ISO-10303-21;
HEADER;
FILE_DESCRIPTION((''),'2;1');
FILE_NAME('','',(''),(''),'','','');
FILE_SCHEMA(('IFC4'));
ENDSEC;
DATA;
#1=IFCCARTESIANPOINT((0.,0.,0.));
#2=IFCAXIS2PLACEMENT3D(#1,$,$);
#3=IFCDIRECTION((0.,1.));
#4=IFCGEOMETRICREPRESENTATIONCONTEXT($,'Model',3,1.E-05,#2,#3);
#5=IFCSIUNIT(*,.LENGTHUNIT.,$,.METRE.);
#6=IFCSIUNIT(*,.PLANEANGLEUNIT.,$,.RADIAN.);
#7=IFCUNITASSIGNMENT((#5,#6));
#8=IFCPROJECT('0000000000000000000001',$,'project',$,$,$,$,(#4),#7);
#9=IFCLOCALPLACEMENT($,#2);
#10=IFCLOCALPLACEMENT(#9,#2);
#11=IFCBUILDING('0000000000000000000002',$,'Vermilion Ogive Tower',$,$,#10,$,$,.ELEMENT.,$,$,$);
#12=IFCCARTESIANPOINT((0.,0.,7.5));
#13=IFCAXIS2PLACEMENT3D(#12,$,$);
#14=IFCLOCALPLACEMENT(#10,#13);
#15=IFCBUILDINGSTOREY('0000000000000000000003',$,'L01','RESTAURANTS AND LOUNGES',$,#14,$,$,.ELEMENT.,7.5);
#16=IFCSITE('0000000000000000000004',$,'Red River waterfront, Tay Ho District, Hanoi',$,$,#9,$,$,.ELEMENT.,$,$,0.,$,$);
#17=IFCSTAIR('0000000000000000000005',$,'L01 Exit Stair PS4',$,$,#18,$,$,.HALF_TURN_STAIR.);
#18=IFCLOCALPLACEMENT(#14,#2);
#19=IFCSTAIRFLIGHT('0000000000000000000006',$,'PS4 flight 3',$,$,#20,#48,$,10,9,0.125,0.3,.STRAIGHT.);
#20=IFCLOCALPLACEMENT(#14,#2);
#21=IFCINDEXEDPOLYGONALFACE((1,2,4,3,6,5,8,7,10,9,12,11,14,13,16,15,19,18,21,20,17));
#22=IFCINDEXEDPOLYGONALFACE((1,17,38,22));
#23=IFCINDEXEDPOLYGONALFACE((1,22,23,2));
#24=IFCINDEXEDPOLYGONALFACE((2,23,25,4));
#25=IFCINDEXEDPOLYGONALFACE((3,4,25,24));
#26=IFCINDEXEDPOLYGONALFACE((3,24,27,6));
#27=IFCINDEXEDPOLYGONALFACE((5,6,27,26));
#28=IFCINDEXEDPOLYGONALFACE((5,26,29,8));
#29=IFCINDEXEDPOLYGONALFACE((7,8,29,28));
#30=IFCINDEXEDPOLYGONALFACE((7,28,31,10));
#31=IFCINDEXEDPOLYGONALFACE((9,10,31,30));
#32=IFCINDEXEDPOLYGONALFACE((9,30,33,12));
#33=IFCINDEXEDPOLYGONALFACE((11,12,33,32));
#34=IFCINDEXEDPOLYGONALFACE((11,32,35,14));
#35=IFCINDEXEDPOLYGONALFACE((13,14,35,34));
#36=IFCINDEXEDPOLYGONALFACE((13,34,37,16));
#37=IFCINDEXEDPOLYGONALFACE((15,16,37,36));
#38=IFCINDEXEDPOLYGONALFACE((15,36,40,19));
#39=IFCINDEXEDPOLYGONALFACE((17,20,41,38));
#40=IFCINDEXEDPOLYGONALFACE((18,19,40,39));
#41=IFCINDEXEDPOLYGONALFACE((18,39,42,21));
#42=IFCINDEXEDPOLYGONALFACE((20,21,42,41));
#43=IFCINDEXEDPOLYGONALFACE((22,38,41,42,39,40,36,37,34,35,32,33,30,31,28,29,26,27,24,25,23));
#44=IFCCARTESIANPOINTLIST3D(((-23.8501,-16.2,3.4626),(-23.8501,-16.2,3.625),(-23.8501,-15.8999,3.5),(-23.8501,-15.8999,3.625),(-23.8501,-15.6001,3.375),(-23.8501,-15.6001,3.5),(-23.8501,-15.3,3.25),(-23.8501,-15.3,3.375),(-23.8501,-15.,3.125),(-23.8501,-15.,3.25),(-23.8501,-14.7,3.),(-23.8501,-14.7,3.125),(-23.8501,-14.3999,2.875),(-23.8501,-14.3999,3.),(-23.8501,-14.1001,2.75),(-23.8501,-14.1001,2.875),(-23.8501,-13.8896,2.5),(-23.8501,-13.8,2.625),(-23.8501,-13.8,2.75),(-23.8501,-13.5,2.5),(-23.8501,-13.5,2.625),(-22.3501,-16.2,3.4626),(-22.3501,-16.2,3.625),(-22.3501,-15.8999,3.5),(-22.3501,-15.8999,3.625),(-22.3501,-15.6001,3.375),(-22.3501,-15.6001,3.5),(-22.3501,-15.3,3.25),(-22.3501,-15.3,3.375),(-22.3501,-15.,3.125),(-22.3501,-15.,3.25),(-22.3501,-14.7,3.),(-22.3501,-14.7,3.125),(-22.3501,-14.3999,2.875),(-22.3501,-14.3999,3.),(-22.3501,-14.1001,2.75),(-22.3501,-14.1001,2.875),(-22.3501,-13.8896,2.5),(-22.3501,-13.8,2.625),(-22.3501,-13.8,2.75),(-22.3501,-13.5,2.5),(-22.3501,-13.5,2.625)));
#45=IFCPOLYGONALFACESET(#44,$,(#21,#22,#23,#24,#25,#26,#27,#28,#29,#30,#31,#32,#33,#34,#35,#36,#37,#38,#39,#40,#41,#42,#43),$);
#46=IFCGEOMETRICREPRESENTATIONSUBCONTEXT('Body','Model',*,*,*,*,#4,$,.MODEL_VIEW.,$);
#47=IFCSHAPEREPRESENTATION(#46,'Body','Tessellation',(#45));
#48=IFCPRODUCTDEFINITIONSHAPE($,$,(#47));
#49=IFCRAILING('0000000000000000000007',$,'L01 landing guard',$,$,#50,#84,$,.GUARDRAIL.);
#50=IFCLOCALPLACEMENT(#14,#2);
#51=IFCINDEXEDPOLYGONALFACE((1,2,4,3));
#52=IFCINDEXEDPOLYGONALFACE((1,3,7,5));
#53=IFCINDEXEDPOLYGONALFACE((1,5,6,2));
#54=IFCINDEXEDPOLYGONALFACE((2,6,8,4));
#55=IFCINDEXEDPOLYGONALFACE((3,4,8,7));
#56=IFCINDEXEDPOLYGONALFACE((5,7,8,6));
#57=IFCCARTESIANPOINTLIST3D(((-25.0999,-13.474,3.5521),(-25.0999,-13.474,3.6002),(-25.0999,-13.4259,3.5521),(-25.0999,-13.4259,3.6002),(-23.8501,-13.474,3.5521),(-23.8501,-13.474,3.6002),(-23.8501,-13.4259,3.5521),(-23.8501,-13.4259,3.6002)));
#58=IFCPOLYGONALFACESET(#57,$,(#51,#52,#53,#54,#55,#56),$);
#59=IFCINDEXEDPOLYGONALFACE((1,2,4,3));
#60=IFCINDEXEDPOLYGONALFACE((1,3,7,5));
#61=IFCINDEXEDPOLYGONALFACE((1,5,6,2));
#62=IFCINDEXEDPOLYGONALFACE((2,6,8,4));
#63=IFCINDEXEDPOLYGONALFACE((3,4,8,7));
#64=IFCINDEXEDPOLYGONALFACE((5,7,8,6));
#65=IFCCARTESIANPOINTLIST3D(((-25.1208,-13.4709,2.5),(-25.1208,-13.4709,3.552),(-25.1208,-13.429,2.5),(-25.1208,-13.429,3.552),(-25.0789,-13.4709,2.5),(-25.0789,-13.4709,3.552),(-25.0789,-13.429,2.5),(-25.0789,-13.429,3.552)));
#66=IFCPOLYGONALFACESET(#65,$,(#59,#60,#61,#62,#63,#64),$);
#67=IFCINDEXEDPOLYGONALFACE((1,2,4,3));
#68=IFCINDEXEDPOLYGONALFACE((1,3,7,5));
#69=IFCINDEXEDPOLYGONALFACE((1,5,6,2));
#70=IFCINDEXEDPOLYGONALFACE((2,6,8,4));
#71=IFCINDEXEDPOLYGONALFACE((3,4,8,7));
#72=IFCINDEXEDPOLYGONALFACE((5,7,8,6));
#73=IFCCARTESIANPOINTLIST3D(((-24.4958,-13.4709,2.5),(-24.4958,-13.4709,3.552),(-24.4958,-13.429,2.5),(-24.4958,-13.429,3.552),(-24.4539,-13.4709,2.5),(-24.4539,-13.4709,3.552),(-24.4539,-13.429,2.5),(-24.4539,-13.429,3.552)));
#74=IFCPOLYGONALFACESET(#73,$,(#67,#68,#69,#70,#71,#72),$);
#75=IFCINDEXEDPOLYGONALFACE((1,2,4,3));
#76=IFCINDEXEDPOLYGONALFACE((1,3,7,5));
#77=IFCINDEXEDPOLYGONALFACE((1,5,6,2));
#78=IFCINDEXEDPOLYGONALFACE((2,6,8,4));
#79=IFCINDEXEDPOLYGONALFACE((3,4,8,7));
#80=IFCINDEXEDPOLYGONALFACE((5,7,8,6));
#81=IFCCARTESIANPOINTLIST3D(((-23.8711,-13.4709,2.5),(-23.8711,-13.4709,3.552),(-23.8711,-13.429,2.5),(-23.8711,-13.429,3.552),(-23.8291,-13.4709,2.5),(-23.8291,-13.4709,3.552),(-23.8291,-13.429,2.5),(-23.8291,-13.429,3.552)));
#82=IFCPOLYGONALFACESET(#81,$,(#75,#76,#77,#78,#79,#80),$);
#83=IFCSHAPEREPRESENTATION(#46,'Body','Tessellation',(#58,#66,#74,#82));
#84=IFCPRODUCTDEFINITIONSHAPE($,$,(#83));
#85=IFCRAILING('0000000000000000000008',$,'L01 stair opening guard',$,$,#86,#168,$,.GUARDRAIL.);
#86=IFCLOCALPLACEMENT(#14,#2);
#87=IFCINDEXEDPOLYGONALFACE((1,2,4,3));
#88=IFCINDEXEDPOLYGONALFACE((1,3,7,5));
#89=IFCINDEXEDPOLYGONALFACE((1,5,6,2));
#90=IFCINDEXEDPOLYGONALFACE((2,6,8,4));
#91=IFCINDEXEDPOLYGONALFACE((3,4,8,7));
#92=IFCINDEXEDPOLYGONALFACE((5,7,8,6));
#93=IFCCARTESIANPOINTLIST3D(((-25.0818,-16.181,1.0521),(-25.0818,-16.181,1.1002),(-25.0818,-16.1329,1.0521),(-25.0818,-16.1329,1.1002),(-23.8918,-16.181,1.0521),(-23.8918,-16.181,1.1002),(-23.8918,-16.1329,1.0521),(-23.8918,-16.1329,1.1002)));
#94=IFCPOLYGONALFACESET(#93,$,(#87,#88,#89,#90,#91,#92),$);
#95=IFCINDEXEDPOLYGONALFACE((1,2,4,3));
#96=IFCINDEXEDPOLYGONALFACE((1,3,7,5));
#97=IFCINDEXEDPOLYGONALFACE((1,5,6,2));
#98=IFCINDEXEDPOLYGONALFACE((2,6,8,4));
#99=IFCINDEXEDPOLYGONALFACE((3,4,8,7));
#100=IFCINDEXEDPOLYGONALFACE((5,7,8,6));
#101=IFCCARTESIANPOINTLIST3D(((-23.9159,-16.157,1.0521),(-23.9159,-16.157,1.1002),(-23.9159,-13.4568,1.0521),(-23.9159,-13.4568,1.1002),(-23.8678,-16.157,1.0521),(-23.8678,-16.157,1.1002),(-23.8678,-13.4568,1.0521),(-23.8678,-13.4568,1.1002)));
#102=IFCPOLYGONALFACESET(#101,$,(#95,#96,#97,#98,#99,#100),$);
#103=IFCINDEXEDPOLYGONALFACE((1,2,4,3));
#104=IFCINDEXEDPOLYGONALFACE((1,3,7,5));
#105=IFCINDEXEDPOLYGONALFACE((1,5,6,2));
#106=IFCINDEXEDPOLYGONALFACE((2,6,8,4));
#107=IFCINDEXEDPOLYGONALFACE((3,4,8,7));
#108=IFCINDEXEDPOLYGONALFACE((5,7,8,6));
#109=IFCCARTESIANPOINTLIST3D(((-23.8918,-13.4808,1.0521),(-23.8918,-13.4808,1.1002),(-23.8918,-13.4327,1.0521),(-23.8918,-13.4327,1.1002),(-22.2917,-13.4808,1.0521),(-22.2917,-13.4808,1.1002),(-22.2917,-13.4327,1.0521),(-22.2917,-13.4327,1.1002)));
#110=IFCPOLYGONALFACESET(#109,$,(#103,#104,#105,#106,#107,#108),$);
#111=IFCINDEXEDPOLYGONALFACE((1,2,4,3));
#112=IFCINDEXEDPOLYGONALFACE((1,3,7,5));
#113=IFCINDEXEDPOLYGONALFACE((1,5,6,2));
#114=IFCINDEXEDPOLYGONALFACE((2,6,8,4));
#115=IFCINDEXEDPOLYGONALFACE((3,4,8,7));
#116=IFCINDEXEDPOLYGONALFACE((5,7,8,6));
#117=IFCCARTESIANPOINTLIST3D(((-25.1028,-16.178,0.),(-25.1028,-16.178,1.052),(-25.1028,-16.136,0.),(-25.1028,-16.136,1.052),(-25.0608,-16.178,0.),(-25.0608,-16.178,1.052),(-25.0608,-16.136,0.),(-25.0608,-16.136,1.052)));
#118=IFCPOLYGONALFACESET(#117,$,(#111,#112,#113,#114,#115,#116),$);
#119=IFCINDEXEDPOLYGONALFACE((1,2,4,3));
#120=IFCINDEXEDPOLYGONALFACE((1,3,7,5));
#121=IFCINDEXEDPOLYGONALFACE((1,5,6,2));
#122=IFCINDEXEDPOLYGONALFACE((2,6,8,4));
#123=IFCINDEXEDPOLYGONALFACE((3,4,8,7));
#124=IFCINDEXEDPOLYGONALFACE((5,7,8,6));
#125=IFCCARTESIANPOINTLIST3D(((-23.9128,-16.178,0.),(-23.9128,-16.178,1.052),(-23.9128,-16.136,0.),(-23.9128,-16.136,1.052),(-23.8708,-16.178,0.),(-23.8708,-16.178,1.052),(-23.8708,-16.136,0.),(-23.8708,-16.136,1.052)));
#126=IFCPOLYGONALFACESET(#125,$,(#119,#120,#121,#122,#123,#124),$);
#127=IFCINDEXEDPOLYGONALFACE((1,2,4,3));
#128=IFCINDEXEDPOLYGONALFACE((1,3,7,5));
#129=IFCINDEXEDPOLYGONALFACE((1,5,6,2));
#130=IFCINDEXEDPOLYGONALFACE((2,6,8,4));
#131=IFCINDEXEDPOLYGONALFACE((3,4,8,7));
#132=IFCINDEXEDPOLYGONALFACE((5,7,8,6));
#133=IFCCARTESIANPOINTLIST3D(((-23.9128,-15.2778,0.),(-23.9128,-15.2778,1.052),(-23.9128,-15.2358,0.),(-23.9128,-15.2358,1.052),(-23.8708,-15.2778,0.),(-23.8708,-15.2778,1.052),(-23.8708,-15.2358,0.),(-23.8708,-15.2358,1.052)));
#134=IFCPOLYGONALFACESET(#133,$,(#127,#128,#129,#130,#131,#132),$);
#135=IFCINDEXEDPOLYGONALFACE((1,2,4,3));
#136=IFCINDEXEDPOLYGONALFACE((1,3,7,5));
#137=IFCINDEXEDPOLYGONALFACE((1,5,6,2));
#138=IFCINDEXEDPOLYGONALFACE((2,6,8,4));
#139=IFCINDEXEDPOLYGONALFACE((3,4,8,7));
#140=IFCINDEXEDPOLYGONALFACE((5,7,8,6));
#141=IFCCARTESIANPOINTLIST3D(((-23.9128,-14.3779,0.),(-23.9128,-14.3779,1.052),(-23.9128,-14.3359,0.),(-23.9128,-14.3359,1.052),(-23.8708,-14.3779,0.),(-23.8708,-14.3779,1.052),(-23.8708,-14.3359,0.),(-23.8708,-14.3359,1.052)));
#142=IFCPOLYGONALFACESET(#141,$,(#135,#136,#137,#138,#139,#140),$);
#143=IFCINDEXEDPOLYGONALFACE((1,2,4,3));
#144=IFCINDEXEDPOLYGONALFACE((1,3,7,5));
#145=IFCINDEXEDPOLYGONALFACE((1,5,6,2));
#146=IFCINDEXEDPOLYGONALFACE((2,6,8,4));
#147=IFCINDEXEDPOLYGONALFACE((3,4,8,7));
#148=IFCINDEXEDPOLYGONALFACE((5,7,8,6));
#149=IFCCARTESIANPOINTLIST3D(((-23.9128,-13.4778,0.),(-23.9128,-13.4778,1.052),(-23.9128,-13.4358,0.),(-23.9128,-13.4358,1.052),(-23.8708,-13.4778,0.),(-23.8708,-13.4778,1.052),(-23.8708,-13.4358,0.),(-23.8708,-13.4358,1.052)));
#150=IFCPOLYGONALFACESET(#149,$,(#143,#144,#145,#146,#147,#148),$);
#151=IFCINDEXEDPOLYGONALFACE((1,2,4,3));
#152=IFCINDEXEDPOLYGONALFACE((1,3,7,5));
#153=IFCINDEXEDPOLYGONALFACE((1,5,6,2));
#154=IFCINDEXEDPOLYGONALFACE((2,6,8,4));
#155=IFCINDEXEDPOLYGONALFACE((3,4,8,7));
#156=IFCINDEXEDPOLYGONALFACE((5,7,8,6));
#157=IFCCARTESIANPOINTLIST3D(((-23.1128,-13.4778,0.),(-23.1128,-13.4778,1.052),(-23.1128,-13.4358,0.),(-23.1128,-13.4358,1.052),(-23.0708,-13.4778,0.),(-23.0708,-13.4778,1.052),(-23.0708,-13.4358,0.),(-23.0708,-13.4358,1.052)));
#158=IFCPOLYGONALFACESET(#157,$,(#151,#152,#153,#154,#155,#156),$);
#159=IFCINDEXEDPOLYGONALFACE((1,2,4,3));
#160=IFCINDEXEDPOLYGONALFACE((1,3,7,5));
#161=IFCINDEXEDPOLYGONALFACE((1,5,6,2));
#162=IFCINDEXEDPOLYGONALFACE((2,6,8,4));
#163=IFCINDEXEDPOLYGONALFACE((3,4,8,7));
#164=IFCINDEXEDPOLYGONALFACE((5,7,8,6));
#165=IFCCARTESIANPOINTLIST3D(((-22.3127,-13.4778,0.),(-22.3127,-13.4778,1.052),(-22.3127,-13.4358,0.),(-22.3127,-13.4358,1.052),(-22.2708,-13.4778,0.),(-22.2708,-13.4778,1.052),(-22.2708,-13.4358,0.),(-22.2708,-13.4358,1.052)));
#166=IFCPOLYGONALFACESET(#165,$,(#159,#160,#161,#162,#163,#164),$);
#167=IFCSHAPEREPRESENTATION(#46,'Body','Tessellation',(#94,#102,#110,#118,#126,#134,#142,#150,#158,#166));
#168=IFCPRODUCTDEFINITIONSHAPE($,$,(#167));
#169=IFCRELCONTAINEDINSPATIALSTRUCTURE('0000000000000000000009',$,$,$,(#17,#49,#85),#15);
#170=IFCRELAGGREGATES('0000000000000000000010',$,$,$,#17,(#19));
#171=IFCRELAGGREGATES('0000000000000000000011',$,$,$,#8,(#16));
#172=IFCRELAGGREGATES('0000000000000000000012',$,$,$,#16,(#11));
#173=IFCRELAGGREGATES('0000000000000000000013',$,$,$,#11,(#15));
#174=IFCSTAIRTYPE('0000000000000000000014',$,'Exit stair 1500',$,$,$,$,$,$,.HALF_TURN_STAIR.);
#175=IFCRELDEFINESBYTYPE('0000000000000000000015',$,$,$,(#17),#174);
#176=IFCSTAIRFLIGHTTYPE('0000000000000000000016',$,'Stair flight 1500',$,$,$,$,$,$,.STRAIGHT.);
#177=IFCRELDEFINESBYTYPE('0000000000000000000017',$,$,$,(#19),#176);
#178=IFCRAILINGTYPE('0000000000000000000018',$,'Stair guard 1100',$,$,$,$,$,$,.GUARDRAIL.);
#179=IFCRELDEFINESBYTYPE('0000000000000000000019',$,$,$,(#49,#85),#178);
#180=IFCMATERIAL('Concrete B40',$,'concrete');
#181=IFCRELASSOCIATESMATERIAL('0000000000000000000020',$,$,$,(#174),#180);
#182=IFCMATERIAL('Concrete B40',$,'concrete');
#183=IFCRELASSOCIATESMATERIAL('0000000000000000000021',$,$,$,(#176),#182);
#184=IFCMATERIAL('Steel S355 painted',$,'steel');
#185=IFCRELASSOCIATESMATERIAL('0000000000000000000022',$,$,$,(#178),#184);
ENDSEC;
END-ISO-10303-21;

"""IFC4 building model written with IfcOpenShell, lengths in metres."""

from ifc_helpers import new_model, si_unit, direction, frame, origin, origin_2d, place, context, subcontext, project, spatial, polyline, rectangle, outline, extrude, material, type_object, element, aggregate, save


model = new_model("IFC4")

# Units and contexts
model_context = context("Model", 3, precision=1e-05, world=origin(), true_north=direction((0.0, 1.0)))
body_context = subcontext(model_context, "Body", "Model", "MODEL_VIEW")
ifc_project = project(units=[si_unit("LENGTHUNIT", "METRE"), si_unit("PLANEANGLEUNIT", "RADIAN")], contexts=[model_context])

# Site, building, storey
site_placement = place(None, origin())
site = spatial("IfcSite", under=ifc_project, at=site_placement, Name="Red River waterfront, Tay Ho District, Hanoi", CompositionType="ELEMENT", RefElevation=0.0)
building_placement = place(site_placement, origin())
building = spatial("IfcBuilding", under=site, at=building_placement, Name="Vermilion Ogive Tower", CompositionType="ELEMENT")
storey_placement = place(building_placement, frame((0.0, 0.0, 7.5)))
storey = spatial("IfcBuildingStorey", under=building, at=storey_placement, Name="L01", Description="RESTAURANTS AND LOUNGES", CompositionType="ELEMENT", Elevation=7.5)

# Stair, stair flight
ifc_material_1 = material(Name="Concrete B40", Category="concrete")
stair_type = type_object("IfcStairType", Name="Exit stair 1500", PredefinedType="HALF_TURN_STAIR", material=ifc_material_1)
stair_placement = place(storey_placement, origin())
stair = element("IfcStair", 1, at=stair_placement, inside=storey, type_object=stair_type, Name="L01 Exit Stair PS4", PredefinedType="HALF_TURN_STAIR")
ifc_material_2 = material(Name="Concrete B40", Category="concrete")
stair_flight_type = type_object("IfcStairFlightType", Name="Stair flight 1500", PredefinedType="STRAIGHT", material=ifc_material_2)
stair_flight_1_placement = place(storey_placement, frame((-23.1001, -13.5, 2.5), z_axis=(0.0, 0.0, 1.0), x_axis=(0.0, -1.0, 0.0)))
stair_flight_1 = element("IfcStairFlight", 2, at=stair_flight_1_placement, type_object=stair_flight_type, Name="PS4 flight 3", NumberOfRisers=10, NumberOfTreads=9, PredefinedType="STRAIGHT", RiserHeight=0.125, TreadLength=0.3, context=body_context, shape_type="SweptSolid", body=[
    extrude(outline(polyline([(0.0, 0.0), (0.0, 0.125), (0.3, 0.125), (0.3, 0.25), (0.6001, 0.25), (0.6001, 0.375), (0.8999, 0.375), (0.8999, 0.5), (1.2, 0.5), (1.2, 0.625), (1.5, 0.625), (1.5, 0.75), (1.8, 0.75), (1.8, 0.875), (2.1001, 0.875), (2.1001, 1.0), (2.3999, 1.0), (2.3999, 1.125), (2.7, 1.125), (2.7, 1.25), (2.7, 0.9626), (0.3896, 0.0), (0.0, 0.0)])), frame((0.0, 0.75, 0.0), z_axis=(0.0, -1.0, 0.0), x_axis=(1.0, 0.0, 0.0)), (0.0, 0.0, 1.0), 1.5),
])
aggregate(stair, [stair_flight_1])

# Railings
ifc_material_3 = material(Name="Steel S355 painted", Category="steel")
railing_type_1 = type_object("IfcRailingType", Name="Stair guard 1100", PredefinedType="GUARDRAIL", material=ifc_material_3)
railing_1_placement = place(storey_placement, frame((-25.0999, -13.45, 2.5)))
element("IfcRailing", 3, at=railing_1_placement, inside=storey, type_object=railing_type_1, Name="L01 landing guard", PredefinedType="GUARDRAIL", context=body_context, shape_type="SweptSolid", body=[
    extrude(rectangle(XDim=0.0481, YDim=0.0481, at=origin_2d()), frame((0.0, 0.0, 1.0762), z_axis=(1.0, 0.0, 0.0), x_axis=(0.0, 1.0, 0.0)), (0.0, 0.0, 1.0), 1.2498),
    extrude(rectangle(XDim=0.042, YDim=0.042, at=origin_2d()), origin(), (0.0, 0.0, 1.0), 1.052),
    extrude(rectangle(XDim=0.042, YDim=0.042, at=origin_2d()), frame((0.625, 0.0, 0.0)), (0.0, 0.0, 1.0), 1.052),
    extrude(rectangle(XDim=0.042, YDim=0.042, at=origin_2d()), frame((1.2498, 0.0, 0.0)), (0.0, 0.0, 1.0), 1.052),
])
railing_2_placement = place(storey_placement, frame((-25.0818, -16.157, 0.0)))
element("IfcRailing", 4, at=railing_2_placement, inside=storey, type_object=railing_type_1, Name="L01 stair opening guard", PredefinedType="GUARDRAIL", context=body_context, shape_type="SweptSolid", body=[
    extrude(rectangle(XDim=0.0481, YDim=0.0481, at=origin_2d()), frame((0.0, 0.0, 1.0762), z_axis=(1.0, 0.0, 0.0), x_axis=(0.0, 1.0, 0.0)), (0.0, 0.0, 1.0), 1.1899),
    extrude(rectangle(XDim=0.0481, YDim=0.0481, at=origin_2d()), frame((1.1899, 0.0, 1.0762), z_axis=(0.0, 1.0, 0.0), x_axis=(-1.0, 0.0, 0.0)), (0.0, 0.0, 1.0), 2.7002),
    extrude(rectangle(XDim=0.0481, YDim=0.0481, at=origin_2d()), frame((1.1899, 2.7002, 1.0762), z_axis=(1.0, 0.0, 0.0), x_axis=(0.0, 1.0, 0.0)), (0.0, 0.0, 1.0), 1.6001),
    extrude(rectangle(XDim=0.042, YDim=0.042, at=origin_2d()), origin(), (0.0, 0.0, 1.0), 1.052),
    extrude(rectangle(XDim=0.042, YDim=0.042, at=origin_2d()), frame((1.1899, 0.0, 0.0)), (0.0, 0.0, 1.0), 1.052),
    extrude(rectangle(XDim=0.042, YDim=0.042, at=origin_2d()), frame((1.1899, 0.9001, 0.0)), (0.0, 0.0, 1.0), 1.052),
    extrude(rectangle(XDim=0.042, YDim=0.042, at=origin_2d()), frame((1.1899, 1.8, 0.0)), (0.0, 0.0, 1.0), 1.052),
    extrude(rectangle(XDim=0.042, YDim=0.042, at=origin_2d()), frame((1.1899, 2.7002, 0.0)), (0.0, 0.0, 1.0), 1.052),
    extrude(rectangle(XDim=0.042, YDim=0.042, at=origin_2d()), frame((1.99, 2.7002, 0.0)), (0.0, 0.0, 1.0), 1.052),
    extrude(rectangle(XDim=0.042, YDim=0.042, at=origin_2d()), frame((2.79, 2.7002, 0.0)), (0.0, 0.0, 1.0), 1.052),
])

save(model, "model.ifc")
